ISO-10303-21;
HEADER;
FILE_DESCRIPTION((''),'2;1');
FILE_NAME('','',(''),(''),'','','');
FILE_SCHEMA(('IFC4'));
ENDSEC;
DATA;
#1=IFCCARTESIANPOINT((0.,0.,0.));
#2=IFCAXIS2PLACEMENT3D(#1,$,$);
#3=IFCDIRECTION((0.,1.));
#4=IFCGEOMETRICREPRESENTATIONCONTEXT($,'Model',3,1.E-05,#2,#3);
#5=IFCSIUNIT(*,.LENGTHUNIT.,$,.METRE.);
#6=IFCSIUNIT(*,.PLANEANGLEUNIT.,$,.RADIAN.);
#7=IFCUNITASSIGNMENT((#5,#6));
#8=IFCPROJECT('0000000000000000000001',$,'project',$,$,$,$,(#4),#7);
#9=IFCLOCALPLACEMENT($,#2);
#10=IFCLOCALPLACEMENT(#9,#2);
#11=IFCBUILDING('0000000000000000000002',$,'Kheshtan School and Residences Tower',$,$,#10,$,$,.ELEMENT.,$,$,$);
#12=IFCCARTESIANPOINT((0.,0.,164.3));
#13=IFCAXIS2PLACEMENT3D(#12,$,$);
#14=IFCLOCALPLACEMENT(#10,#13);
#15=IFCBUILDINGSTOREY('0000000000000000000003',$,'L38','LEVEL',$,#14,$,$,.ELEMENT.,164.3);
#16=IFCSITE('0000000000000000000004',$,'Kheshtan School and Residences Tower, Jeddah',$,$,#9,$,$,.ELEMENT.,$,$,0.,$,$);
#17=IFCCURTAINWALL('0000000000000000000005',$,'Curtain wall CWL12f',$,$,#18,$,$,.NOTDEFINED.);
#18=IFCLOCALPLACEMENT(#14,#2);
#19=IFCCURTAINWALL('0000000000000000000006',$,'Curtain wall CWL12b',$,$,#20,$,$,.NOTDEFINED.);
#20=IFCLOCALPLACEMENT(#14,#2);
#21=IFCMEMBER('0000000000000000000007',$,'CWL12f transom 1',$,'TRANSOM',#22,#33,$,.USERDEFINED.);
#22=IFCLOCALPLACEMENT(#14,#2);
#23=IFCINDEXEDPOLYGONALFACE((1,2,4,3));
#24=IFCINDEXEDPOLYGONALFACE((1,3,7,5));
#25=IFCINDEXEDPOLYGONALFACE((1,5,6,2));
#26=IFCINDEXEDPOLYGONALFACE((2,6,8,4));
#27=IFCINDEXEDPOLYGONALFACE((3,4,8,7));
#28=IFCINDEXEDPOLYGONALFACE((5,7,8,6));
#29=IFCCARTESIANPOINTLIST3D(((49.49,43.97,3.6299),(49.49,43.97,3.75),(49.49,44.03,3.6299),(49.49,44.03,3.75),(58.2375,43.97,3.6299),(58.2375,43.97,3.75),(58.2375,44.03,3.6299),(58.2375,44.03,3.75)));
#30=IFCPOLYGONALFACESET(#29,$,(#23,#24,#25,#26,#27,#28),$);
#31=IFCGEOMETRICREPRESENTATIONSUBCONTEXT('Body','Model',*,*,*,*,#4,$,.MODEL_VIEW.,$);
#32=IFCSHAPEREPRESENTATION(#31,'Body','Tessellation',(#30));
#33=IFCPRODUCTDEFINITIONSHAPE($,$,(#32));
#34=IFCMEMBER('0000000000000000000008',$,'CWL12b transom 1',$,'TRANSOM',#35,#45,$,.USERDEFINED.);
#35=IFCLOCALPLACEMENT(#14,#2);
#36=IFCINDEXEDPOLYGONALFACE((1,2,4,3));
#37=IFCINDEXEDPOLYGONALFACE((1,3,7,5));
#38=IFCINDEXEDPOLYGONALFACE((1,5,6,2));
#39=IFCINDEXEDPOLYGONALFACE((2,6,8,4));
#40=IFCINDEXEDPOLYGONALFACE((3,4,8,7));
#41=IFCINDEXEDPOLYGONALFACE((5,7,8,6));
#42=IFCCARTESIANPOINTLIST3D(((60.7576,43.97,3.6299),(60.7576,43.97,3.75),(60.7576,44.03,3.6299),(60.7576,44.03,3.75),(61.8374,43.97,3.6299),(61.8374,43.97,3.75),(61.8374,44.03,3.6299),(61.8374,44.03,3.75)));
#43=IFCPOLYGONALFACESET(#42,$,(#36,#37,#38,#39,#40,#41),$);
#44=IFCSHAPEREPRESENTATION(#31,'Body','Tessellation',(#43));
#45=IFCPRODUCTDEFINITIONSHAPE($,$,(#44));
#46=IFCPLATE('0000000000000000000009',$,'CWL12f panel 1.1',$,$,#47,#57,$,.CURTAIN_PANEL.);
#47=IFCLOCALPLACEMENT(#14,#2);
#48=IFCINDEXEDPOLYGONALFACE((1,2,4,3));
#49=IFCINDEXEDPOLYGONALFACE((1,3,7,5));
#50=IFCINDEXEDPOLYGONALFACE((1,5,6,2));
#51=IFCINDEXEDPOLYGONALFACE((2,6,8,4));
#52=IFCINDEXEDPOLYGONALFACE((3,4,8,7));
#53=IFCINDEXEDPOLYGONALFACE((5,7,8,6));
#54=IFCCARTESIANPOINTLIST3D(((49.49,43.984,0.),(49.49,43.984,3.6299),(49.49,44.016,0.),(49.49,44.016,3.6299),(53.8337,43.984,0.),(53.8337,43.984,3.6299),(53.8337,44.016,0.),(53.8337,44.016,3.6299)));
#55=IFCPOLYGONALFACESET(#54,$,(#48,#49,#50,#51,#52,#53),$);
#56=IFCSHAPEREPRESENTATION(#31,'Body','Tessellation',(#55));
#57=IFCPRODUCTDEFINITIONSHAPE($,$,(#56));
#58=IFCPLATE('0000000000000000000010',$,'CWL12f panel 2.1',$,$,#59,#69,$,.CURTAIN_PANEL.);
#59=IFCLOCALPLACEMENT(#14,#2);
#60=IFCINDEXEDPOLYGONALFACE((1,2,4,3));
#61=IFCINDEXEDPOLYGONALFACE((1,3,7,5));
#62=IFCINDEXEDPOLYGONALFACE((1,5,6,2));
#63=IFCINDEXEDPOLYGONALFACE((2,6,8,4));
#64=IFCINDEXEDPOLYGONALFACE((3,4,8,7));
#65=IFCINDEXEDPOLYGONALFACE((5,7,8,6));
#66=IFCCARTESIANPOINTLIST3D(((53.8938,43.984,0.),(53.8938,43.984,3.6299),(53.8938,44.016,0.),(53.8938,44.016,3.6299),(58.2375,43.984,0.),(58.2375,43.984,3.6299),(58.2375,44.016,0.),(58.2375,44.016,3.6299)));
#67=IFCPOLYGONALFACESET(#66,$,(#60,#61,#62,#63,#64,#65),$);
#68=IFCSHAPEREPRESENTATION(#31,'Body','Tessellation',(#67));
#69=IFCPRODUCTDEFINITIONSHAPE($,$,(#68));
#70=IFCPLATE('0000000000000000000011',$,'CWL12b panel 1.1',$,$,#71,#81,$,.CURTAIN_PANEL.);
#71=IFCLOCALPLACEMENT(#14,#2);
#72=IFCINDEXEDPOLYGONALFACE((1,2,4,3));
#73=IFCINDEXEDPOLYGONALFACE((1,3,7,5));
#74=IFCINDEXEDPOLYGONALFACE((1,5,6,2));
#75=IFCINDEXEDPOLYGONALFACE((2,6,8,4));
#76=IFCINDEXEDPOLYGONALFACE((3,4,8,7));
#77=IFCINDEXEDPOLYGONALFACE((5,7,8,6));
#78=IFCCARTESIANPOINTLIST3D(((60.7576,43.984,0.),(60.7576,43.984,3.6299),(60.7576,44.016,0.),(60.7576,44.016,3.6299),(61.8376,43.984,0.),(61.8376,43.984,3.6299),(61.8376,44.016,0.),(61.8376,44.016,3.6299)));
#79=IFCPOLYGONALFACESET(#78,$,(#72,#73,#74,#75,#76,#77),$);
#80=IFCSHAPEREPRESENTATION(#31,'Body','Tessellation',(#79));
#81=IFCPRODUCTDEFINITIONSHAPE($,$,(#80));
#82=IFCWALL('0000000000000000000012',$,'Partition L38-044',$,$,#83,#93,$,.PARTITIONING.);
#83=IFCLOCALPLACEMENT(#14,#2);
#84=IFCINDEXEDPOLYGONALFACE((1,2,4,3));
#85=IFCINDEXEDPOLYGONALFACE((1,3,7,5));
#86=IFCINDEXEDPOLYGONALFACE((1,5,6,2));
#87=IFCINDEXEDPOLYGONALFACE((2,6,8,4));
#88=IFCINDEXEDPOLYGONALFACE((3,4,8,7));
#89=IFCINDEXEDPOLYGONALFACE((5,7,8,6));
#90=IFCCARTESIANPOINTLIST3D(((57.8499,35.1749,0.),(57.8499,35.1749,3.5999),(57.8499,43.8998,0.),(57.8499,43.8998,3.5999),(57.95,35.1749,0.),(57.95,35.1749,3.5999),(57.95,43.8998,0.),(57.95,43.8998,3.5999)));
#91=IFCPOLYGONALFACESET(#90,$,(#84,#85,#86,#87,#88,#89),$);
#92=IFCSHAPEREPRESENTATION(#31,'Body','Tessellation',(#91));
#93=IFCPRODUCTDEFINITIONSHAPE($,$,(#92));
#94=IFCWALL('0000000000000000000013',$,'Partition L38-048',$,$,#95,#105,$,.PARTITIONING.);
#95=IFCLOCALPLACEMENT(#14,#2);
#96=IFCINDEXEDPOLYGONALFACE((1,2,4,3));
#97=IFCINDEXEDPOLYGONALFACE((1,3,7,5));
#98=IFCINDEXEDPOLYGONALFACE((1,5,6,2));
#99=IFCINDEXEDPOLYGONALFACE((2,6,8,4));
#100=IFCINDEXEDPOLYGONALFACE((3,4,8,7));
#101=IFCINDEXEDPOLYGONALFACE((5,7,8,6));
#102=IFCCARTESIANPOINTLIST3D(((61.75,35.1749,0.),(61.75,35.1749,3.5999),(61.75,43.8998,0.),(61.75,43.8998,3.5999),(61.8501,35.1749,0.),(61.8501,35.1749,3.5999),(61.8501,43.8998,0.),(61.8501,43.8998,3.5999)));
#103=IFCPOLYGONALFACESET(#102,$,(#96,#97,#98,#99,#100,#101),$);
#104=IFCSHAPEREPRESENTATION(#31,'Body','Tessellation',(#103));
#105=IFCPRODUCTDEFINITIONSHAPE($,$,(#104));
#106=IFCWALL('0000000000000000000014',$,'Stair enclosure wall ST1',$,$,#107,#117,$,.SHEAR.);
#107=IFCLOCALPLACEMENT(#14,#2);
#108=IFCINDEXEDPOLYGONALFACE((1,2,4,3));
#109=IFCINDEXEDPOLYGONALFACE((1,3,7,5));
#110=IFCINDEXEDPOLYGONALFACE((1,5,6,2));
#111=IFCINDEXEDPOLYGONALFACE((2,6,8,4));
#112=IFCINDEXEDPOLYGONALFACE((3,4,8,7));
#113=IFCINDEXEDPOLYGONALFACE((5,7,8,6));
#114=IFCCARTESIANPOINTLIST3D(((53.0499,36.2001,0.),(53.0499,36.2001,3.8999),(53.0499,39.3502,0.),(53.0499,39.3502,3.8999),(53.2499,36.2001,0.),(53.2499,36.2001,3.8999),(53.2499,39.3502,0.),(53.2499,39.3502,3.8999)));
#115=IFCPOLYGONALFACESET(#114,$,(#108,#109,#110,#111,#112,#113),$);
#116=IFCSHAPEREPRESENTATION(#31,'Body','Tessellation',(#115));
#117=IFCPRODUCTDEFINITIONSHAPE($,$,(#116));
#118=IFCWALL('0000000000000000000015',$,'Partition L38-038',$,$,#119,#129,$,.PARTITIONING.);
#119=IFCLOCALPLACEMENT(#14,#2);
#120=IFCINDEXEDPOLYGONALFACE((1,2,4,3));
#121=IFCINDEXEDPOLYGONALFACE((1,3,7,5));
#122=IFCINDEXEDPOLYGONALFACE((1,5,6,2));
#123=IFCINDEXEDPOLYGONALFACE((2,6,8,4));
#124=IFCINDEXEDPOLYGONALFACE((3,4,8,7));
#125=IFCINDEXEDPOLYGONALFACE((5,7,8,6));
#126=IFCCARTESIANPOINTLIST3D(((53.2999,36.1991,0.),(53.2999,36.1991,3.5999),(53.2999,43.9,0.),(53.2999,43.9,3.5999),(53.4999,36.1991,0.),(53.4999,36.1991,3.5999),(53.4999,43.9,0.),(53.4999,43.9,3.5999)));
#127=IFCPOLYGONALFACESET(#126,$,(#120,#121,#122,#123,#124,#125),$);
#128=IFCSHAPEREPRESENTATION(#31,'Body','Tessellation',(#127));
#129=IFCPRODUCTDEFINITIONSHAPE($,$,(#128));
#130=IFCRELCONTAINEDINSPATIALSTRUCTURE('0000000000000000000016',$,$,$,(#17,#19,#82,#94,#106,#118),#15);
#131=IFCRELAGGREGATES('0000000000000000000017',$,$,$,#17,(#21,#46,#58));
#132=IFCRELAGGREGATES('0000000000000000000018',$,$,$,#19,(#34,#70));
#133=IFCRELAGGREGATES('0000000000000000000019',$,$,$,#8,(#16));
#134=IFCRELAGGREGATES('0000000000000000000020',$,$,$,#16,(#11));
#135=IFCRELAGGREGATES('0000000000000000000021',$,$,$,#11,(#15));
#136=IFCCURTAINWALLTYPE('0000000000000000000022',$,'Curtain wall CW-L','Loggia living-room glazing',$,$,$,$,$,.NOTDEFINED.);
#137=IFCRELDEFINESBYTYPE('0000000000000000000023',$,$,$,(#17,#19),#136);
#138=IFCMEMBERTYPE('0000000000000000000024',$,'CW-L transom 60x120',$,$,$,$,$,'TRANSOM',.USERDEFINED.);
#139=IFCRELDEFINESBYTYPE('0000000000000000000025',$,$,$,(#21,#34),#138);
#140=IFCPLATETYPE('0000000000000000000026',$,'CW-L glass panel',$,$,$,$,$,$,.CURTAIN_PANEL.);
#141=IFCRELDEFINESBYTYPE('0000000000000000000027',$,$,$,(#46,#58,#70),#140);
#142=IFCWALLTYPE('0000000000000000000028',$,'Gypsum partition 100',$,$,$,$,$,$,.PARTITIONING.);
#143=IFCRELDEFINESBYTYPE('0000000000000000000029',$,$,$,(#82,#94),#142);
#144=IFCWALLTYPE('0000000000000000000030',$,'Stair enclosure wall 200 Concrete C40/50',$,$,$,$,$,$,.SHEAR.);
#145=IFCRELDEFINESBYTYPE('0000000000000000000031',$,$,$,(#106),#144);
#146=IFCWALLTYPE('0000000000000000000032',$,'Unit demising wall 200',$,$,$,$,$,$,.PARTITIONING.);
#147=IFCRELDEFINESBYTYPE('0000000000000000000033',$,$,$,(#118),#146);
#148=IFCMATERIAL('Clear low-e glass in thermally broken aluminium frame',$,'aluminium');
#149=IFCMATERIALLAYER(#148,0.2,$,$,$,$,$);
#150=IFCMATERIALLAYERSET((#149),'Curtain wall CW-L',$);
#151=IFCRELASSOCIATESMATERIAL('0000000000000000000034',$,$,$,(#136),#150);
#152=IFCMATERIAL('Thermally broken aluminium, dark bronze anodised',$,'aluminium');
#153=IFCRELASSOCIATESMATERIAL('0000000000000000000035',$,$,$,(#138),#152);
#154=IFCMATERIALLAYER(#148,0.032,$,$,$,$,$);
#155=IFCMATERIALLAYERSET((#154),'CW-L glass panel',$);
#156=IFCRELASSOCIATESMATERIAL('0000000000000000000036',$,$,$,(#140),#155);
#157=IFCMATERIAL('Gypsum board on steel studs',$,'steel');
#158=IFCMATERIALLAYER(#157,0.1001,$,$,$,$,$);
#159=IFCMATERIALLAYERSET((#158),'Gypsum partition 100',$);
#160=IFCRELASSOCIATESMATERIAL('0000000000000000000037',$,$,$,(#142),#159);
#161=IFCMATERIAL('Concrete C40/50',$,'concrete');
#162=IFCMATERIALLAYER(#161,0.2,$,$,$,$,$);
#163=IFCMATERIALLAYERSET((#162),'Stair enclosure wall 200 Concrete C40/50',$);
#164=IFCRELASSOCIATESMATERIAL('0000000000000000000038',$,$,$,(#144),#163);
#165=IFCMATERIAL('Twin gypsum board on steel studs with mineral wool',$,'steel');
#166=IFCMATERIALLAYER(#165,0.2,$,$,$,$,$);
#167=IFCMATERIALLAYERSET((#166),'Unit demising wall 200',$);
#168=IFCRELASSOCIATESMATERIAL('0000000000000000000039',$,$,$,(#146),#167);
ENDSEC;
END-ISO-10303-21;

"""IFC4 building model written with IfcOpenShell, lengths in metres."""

from ifc_helpers import new_model, si_unit, direction, frame, frame_2d, origin, origin_2d, place, context, subcontext, project, spatial, rectangle, extrude, material, layer, layer_set, material_profile, profile_set, type_object, element, aggregate, save


model = new_model("IFC4")

# Units and contexts
model_context = context("Model", 3, precision=1e-05, world=origin(), true_north=direction((0.0, 1.0)))
body_context = subcontext(model_context, "Body", "Model", "MODEL_VIEW")
ifc_project = project(units=[si_unit("LENGTHUNIT", "METRE"), si_unit("PLANEANGLEUNIT", "RADIAN")], contexts=[model_context])

# Site, building, storey
site_placement = place(None, origin())
site = spatial("IfcSite", under=ifc_project, at=site_placement, Name="Kheshtan School and Residences Tower, Jeddah", CompositionType="ELEMENT", RefElevation=0.0)
building_placement = place(site_placement, origin())
building = spatial("IfcBuilding", under=site, at=building_placement, Name="Kheshtan School and Residences Tower", CompositionType="ELEMENT")
storey_placement = place(building_placement, frame((0.0, 0.0, 164.3)))
storey = spatial("IfcBuildingStorey", under=building, at=storey_placement, Name="L38", Description="LEVEL", CompositionType="ELEMENT", Elevation=164.3)

# Curtain walls
ifc_material_1 = material(Name="Clear low-e glass in thermally broken aluminium frame", Category="aluminium")
ifc_layer_1 = layer(ifc_material_1, 0.2)
ifc_layer_set_1 = layer_set([ifc_layer_1], Name="Curtain wall CW-L")
curtain_wall_type = type_object("IfcCurtainWallType", Name="Curtain wall CW-L", Description="Loggia living-room glazing", PredefinedType="NOTDEFINED", material=ifc_layer_set_1)
curtain_wall_1_placement = place(storey_placement, origin())
curtain_wall_1 = element("IfcCurtainWall", 1, at=curtain_wall_1_placement, inside=storey, type_object=curtain_wall_type, Name="Curtain wall CWL12f", PredefinedType="NOTDEFINED")
ifc_material_2 = material(Name="Thermally broken aluminium, dark bronze anodised", Category="aluminium")
curtain_wall_2_placement = place(storey_placement, origin())
curtain_wall_2 = element("IfcCurtainWall", 2, at=curtain_wall_2_placement, inside=storey, type_object=curtain_wall_type, Name="Curtain wall CWL12b", PredefinedType="NOTDEFINED")

# Members
ifc_material_profile_1 = material_profile(ifc_material_2, rectangle(XDim=0.0601, YDim=0.1201, at=origin_2d()), Name="CW-L transom 60x120")
ifc_profile_set_1 = profile_set([ifc_material_profile_1], Name="Thermally broken aluminium, dark bronze anodised")
member_type_1 = type_object("IfcMemberType", Name="CW-L transom 60x120", ElementType="TRANSOM", PredefinedType="USERDEFINED", material=ifc_profile_set_1)
member_1_placement = place(storey_placement, frame((49.49, 44.0, 3.6899), z_axis=(1.0, 0.0, 0.0), x_axis=(0.0, 1.0, 0.0)))
member_1 = element("IfcMember", 3, at=member_1_placement, type_object=member_type_1, Name="CWL12f transom 1", ObjectType="TRANSOM", PredefinedType="USERDEFINED", context=body_context, shape_type="SweptSolid", body=[
    extrude(rectangle(XDim=0.0601, YDim=0.1201, at=origin_2d()), origin(), (0.0, 0.0, 1.0), 8.7476),
])
member_2_placement = place(storey_placement, frame((60.7576, 44.0, 3.6899), z_axis=(1.0, 0.0, 0.0), x_axis=(0.0, 1.0, 0.0)))
member_2 = element("IfcMember", 4, at=member_2_placement, type_object=member_type_1, Name="CWL12b transom 1", ObjectType="TRANSOM", PredefinedType="USERDEFINED", context=body_context, shape_type="SweptSolid", body=[
    extrude(rectangle(XDim=0.0601, YDim=0.1201, at=origin_2d()), origin(), (0.0, 0.0, 1.0), 1.0798),
])

# Plates
ifc_layer_2 = layer(ifc_material_1, 0.032)
ifc_layer_set_2 = layer_set([ifc_layer_2], Name="CW-L glass panel")
plate_type = type_object("IfcPlateType", Name="CW-L glass panel", PredefinedType="CURTAIN_PANEL", material=ifc_layer_set_2)
plate_1_placement = place(storey_placement, frame((51.6619, 44.0, 0.0), z_axis=(0.0, 0.0, 1.0), x_axis=(1.0, 0.0, 0.0)))
plate_1 = element("IfcPlate", 5, at=plate_1_placement, type_object=plate_type, Name="CWL12f panel 1.1", PredefinedType="CURTAIN_PANEL", context=body_context, shape_type="SweptSolid", body=[
    extrude(rectangle(XDim=4.3438, YDim=0.032, at=origin_2d()), origin(), (0.0, 0.0, 1.0), 3.6299),
])
plate_2_placement = place(storey_placement, frame((56.0657, 44.0, 0.0), z_axis=(0.0, 0.0, 1.0), x_axis=(1.0, 0.0, 0.0)))
plate_2 = element("IfcPlate", 6, at=plate_2_placement, type_object=plate_type, Name="CWL12f panel 2.1", PredefinedType="CURTAIN_PANEL", context=body_context, shape_type="SweptSolid", body=[
    extrude(rectangle(XDim=4.3438, YDim=0.032, at=origin_2d()), origin(), (0.0, 0.0, 1.0), 3.6299),
])
aggregate(curtain_wall_1, [member_1, plate_1, plate_2])
plate_3_placement = place(storey_placement, frame((61.2976, 44.0, 0.0), z_axis=(0.0, 0.0, 1.0), x_axis=(1.0, 0.0, 0.0)))
plate_3 = element("IfcPlate", 7, at=plate_3_placement, type_object=plate_type, Name="CWL12b panel 1.1", PredefinedType="CURTAIN_PANEL", context=body_context, shape_type="SweptSolid", body=[
    extrude(rectangle(XDim=1.0801, YDim=0.032, at=origin_2d()), origin(), (0.0, 0.0, 1.0), 3.6299),
])
aggregate(curtain_wall_2, [member_2, plate_3])

# Walls
ifc_material_3 = material(Name="Gypsum board on steel studs", Category="steel")
ifc_layer_3 = layer(ifc_material_3, 0.1001)
ifc_layer_set_3 = layer_set([ifc_layer_3], Name="Gypsum partition 100")
wall_type_1 = type_object("IfcWallType", Name="Gypsum partition 100", PredefinedType="PARTITIONING", material=ifc_layer_set_3)
for number, where, z_axis, x_axis, name in (
    (8, (57.8999, 35.175, 0.0), (0.0, 0.0, 1.0), (0.0, 1.0, 0.0), "Partition L38-044"),
    (9, (61.8, 35.175, 0.0), (0.0, 0.0, 1.0), (0.0, 1.0, 0.0), "Partition L38-048"),
):
    element("IfcWall", number, at=place(storey_placement, frame(where, z_axis=z_axis, x_axis=x_axis)), inside=storey, type_object=wall_type_1, Name=name, PredefinedType="PARTITIONING", context=body_context, shape_type="SweptSolid", body=[
        extrude(rectangle(XDim=8.7249, YDim=0.1001, at=frame_2d((4.3623, 0.0))), origin(), (0.0, 0.0, 1.0), 3.5999),
    ])
ifc_material_4 = material(Name="Concrete C40/50", Category="concrete")
ifc_layer_4 = layer(ifc_material_4, 0.2)
ifc_layer_set_4 = layer_set([ifc_layer_4], Name="Stair enclosure wall 200 Concrete C40/50")
wall_type_2 = type_object("IfcWallType", Name="Stair enclosure wall 200 Concrete C40/50", PredefinedType="SHEAR", material=ifc_layer_set_4)
wall_1_placement = place(storey_placement, frame((53.1499, 36.2, 0.0), z_axis=(0.0, 0.0, 1.0), x_axis=(0.0, 1.0, 0.0)))
element("IfcWall", 10, at=wall_1_placement, inside=storey, type_object=wall_type_2, Name="Stair enclosure wall ST1", PredefinedType="SHEAR", context=body_context, shape_type="SweptSolid", body=[
    extrude(rectangle(XDim=3.1501, YDim=0.2, at=frame_2d((1.5752, 0.0))), origin(), (0.0, 0.0, 1.0), 3.8999),
])
ifc_material_5 = material(Name="Twin gypsum board on steel studs with mineral wool", Category="steel")
ifc_layer_5 = layer(ifc_material_5, 0.2)
ifc_layer_set_5 = layer_set([ifc_layer_5], Name="Unit demising wall 200")
wall_type_3 = type_object("IfcWallType", Name="Unit demising wall 200", PredefinedType="PARTITIONING", material=ifc_layer_set_5)
wall_2_placement = place(storey_placement, frame((53.3999, 36.199, 0.0), z_axis=(0.0, 0.0, 1.0), x_axis=(0.0, 1.0, 0.0)))
element("IfcWall", 11, at=wall_2_placement, inside=storey, type_object=wall_type_3, Name="Partition L38-038", PredefinedType="PARTITIONING", context=body_context, shape_type="SweptSolid", body=[
    extrude(rectangle(XDim=7.7009, YDim=0.2, at=frame_2d((3.8506, 0.0))), origin(), (0.0, 0.0, 1.0), 3.5999),
])

save(model, "model.ifc")
